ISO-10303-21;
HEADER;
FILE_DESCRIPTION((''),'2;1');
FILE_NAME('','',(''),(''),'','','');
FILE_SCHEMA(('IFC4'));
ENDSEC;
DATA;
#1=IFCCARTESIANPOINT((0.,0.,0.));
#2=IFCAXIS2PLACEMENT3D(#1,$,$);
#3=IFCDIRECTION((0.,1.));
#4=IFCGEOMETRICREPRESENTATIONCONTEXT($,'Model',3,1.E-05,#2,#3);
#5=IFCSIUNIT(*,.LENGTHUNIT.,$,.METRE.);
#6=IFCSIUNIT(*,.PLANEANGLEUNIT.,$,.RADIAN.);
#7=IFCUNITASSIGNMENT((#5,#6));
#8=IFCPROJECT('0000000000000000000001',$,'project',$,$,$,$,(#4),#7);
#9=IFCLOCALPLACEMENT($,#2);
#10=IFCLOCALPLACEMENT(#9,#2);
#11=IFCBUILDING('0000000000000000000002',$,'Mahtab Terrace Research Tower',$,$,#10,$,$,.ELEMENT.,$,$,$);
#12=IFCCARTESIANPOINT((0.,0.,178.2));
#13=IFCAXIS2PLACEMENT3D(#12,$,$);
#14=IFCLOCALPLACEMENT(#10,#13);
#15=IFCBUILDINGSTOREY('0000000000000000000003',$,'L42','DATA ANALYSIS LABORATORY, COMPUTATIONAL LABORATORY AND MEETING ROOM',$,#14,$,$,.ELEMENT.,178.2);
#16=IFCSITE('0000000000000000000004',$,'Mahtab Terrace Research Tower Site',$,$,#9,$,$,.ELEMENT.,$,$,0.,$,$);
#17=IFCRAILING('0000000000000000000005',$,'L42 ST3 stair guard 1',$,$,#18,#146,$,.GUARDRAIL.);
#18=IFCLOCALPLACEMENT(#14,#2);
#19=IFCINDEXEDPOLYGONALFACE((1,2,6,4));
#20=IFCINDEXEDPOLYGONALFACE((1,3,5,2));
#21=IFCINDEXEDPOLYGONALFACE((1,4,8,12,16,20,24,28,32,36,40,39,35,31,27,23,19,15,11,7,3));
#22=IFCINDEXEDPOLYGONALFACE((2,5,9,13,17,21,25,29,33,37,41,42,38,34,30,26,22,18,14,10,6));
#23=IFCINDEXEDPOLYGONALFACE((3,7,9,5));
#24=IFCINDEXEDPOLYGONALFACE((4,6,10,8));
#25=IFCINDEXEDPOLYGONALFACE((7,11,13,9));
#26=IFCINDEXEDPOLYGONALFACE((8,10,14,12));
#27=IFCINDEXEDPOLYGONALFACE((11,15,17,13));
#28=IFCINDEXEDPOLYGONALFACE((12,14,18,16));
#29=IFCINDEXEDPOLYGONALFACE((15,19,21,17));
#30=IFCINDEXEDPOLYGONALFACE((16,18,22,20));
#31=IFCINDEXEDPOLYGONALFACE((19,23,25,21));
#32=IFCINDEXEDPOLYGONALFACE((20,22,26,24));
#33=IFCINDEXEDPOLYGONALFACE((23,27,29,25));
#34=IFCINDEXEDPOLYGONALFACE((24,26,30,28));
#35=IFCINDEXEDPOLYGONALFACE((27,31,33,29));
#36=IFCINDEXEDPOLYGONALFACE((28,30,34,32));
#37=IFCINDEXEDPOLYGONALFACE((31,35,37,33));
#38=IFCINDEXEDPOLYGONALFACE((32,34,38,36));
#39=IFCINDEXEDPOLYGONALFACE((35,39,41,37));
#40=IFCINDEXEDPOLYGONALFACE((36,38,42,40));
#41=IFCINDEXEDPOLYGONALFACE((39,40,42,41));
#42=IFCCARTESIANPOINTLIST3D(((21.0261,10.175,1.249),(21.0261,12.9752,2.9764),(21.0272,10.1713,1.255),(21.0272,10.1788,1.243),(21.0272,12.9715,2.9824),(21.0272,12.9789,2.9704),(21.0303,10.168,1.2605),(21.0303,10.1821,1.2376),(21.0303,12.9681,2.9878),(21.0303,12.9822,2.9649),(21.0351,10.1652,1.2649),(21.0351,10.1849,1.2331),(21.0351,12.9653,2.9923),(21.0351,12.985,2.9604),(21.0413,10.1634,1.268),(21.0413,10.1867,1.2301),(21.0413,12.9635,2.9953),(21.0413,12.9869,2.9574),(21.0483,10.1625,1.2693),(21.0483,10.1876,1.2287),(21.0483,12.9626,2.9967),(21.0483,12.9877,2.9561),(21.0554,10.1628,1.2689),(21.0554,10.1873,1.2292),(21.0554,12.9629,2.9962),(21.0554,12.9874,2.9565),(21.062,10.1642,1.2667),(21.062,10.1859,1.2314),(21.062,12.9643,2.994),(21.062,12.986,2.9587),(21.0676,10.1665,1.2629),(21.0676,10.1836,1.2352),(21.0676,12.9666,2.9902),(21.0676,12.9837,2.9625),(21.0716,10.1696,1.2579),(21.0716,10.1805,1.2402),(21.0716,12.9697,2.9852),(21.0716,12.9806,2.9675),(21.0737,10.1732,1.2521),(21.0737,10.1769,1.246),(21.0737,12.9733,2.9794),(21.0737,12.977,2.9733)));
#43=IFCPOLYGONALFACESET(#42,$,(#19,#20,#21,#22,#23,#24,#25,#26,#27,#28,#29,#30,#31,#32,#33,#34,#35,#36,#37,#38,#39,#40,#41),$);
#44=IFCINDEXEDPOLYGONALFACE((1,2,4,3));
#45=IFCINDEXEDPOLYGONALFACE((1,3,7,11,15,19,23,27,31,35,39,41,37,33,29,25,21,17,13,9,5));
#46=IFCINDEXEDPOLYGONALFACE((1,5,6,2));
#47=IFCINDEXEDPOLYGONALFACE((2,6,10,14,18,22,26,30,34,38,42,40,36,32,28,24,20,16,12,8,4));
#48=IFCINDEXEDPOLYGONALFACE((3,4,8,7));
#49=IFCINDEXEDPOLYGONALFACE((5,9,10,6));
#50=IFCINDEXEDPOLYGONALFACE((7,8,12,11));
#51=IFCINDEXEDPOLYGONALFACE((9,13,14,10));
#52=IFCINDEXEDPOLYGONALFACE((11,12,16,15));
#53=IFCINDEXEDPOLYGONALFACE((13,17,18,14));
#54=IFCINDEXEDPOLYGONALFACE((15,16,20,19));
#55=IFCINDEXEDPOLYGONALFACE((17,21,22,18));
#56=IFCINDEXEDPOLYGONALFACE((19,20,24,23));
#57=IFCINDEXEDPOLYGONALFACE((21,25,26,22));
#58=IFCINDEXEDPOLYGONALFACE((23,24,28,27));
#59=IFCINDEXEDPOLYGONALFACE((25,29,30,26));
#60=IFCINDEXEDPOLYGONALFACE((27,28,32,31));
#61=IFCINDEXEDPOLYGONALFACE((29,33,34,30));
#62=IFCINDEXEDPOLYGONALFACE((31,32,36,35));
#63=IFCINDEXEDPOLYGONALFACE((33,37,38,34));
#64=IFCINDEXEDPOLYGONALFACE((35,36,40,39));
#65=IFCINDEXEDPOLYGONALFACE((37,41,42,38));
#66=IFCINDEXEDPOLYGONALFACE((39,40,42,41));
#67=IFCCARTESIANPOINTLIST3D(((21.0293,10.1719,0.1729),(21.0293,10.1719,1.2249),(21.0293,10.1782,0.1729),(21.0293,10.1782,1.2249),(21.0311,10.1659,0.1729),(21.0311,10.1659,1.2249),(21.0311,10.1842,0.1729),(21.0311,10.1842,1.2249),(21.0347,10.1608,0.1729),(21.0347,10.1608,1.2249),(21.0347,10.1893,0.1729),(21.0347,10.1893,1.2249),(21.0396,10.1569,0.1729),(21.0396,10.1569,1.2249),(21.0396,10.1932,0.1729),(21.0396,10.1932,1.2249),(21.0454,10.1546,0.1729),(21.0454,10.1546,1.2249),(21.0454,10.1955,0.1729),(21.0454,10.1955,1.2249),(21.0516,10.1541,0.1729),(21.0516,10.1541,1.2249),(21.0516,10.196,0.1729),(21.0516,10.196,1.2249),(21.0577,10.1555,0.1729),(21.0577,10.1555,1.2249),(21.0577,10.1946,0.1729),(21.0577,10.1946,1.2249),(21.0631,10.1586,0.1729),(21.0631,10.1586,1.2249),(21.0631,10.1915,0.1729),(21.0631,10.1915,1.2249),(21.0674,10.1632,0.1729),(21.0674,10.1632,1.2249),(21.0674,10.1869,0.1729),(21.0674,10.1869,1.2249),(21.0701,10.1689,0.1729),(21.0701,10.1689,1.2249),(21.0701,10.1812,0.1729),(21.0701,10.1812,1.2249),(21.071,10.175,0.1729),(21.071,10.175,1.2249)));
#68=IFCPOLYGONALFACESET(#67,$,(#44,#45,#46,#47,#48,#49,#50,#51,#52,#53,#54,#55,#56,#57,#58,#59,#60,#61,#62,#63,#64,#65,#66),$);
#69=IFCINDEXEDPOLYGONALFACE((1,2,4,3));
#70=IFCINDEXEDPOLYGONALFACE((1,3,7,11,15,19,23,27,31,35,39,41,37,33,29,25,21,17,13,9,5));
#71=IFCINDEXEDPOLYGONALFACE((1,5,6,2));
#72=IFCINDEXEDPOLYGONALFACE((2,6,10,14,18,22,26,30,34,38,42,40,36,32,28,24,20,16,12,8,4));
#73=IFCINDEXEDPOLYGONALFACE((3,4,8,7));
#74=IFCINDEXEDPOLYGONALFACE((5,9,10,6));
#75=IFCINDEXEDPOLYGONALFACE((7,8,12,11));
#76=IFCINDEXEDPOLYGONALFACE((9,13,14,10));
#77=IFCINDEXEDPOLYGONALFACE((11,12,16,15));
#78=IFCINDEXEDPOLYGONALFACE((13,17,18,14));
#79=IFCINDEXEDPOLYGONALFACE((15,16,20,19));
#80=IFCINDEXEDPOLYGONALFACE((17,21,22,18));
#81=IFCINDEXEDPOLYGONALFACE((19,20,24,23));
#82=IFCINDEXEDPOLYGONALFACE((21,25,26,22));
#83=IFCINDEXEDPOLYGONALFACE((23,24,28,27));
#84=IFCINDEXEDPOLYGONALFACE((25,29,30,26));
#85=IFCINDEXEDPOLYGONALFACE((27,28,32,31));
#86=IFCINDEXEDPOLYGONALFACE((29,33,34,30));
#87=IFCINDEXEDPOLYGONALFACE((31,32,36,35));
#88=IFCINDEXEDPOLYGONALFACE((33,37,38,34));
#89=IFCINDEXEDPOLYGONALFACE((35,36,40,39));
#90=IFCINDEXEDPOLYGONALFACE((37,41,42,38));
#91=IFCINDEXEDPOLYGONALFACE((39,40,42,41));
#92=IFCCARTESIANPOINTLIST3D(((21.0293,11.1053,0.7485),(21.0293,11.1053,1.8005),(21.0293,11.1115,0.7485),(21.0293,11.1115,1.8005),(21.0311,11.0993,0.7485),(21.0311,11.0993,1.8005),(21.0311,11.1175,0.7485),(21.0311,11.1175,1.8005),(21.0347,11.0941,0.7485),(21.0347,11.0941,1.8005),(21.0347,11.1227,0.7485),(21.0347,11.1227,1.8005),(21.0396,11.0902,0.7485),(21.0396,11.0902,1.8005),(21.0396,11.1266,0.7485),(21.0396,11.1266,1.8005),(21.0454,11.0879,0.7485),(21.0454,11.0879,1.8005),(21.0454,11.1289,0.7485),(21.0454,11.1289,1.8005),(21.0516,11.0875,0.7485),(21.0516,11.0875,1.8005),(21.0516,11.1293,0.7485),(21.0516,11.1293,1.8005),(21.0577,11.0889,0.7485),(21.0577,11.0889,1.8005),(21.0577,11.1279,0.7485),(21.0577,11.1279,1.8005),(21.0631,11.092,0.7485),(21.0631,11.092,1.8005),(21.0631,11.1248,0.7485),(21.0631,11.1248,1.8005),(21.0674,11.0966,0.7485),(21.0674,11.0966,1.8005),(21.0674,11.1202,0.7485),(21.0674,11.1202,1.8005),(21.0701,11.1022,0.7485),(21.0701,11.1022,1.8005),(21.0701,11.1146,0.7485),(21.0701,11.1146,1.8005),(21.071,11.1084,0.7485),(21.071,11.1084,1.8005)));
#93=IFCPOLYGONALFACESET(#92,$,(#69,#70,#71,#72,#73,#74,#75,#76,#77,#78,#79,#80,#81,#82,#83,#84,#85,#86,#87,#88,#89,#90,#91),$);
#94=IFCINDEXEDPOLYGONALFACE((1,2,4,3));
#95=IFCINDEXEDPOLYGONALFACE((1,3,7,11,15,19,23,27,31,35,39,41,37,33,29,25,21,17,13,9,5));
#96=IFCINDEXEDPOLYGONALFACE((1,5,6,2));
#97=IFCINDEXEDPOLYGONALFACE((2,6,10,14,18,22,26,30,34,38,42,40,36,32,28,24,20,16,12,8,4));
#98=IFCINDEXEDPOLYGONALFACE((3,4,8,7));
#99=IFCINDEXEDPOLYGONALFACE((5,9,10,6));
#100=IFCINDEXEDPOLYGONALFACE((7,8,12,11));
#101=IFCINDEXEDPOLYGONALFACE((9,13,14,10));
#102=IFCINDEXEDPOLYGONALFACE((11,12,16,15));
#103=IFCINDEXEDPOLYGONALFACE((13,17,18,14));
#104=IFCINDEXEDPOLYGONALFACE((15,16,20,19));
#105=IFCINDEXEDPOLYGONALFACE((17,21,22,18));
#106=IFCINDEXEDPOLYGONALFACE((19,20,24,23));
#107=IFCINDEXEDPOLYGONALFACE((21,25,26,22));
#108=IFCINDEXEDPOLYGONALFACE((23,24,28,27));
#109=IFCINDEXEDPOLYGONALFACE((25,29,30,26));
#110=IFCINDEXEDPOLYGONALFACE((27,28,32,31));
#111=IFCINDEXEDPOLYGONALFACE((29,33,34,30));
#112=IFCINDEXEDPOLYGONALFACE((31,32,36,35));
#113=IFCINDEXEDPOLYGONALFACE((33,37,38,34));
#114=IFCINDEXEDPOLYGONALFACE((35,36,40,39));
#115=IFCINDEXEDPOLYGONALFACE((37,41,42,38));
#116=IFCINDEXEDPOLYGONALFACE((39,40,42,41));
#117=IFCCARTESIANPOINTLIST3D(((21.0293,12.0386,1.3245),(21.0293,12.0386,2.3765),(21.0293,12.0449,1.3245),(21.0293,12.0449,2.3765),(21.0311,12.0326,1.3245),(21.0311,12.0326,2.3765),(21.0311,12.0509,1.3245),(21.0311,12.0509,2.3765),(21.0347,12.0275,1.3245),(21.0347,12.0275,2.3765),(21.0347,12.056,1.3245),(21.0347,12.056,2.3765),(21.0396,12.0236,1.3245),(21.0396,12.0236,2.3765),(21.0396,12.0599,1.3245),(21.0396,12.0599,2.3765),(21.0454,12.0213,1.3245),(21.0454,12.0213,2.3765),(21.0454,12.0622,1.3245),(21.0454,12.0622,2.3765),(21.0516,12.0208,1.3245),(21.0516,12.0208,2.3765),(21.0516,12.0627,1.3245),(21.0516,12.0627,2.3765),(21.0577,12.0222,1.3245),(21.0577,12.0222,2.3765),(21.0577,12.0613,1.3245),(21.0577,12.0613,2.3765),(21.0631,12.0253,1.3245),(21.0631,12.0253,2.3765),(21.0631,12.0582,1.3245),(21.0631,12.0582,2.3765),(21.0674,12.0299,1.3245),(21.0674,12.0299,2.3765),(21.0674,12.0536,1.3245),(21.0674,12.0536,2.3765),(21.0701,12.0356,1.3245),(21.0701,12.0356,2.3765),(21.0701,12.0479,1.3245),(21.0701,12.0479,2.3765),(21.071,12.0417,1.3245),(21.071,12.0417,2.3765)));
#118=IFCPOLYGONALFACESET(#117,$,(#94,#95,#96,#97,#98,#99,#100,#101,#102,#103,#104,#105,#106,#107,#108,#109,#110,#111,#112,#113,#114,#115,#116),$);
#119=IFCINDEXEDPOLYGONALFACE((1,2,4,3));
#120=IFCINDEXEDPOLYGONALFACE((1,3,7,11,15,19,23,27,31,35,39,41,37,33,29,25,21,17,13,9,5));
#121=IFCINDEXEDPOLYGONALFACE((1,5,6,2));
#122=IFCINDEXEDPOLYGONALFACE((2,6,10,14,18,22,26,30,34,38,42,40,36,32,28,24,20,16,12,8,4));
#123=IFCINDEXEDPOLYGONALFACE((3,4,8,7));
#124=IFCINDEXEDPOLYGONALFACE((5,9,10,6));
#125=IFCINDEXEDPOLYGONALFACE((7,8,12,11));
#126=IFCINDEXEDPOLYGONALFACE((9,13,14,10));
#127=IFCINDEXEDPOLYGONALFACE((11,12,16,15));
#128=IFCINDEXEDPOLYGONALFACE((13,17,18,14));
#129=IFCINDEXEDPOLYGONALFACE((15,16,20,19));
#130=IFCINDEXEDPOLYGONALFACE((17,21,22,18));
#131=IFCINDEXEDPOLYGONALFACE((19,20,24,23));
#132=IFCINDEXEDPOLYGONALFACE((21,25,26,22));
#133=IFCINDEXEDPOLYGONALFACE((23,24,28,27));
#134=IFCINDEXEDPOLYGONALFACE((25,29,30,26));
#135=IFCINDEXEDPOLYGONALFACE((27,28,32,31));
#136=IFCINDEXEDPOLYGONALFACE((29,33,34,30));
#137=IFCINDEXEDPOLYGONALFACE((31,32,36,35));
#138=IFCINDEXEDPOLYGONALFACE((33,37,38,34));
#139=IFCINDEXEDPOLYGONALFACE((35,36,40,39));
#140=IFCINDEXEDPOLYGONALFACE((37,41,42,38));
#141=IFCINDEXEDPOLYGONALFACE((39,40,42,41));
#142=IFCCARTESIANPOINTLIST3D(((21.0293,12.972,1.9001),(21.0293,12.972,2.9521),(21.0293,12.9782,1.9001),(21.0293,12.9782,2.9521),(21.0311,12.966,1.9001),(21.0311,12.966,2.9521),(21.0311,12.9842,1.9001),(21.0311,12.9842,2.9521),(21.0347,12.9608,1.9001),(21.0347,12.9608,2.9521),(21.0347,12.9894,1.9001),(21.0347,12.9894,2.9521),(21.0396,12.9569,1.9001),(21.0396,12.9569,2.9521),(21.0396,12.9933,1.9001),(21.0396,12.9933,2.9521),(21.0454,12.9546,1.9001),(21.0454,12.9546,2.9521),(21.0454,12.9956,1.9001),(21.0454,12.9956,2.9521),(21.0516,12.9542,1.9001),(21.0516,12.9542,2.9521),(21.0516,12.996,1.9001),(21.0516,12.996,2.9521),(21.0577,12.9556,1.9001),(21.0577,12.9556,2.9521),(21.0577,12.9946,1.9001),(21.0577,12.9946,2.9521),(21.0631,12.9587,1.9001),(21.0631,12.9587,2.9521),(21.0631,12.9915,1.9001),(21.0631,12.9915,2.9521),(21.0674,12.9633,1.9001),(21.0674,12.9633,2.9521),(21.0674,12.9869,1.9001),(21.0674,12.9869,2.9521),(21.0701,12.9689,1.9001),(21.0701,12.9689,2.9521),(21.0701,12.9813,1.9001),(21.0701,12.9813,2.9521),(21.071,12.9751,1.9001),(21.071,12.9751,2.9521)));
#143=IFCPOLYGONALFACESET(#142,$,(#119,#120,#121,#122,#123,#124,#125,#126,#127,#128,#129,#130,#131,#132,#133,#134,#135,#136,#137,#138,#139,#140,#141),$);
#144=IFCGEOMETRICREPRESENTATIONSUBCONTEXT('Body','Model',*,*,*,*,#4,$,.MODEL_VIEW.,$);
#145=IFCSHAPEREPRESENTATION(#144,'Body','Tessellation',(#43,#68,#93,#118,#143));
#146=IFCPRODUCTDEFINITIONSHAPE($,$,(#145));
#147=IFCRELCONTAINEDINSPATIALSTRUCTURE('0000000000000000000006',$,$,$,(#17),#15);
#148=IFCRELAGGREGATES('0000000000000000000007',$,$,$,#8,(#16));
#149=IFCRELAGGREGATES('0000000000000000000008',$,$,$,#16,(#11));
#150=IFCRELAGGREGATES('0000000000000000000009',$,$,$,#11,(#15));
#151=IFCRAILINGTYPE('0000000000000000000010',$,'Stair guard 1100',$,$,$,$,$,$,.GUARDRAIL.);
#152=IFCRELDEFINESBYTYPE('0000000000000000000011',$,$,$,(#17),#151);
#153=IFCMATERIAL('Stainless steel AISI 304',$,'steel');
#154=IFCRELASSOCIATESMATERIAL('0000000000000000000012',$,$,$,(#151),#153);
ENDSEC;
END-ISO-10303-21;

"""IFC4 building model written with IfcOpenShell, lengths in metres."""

from ifc_helpers import new_model, si_unit, direction, frame, origin, origin_2d, place, context, subcontext, project, spatial, circle, extrude, material, type_object, element, save


model = new_model("IFC4")

# Units and contexts
model_context = context("Model", 3, precision=1e-05, world=origin(), true_north=direction((0.0, 1.0)))
body_context = subcontext(model_context, "Body", "Model", "MODEL_VIEW")
ifc_project = project(units=[si_unit("LENGTHUNIT", "METRE"), si_unit("PLANEANGLEUNIT", "RADIAN")], contexts=[model_context])

# Site, building, storey
site_placement = place(None, origin())
site = spatial("IfcSite", under=ifc_project, at=site_placement, Name="Mahtab Terrace Research Tower Site", CompositionType="ELEMENT", RefElevation=0.0)
building_placement = place(site_placement, origin())
building = spatial("IfcBuilding", under=site, at=building_placement, Name="Mahtab Terrace Research Tower", CompositionType="ELEMENT")
storey_placement = place(building_placement, frame((0.0, 0.0, 178.2)))
storey = spatial("IfcBuildingStorey", under=building, at=storey_placement, Name="L42", Description="DATA ANALYSIS LABORATORY, COMPUTATIONAL LABORATORY AND MEETING ROOM", CompositionType="ELEMENT", Elevation=178.2)

# Shared definitions
ifc_material_1 = material(Name="Stainless steel AISI 304", Category="steel")

# Railing
railing_type_1 = type_object("IfcRailingType", Name="Stair guard 1100", PredefinedType="GUARDRAIL", material=ifc_material_1)
railing_1_placement = place(storey_placement, frame((21.05, 10.175, 0.1729)))
element("IfcRailing", 1, at=railing_1_placement, inside=storey, type_object=railing_type_1, Name="L42 ST3 stair guard 1", PredefinedType="GUARDRAIL", context=body_context, shape_type="SweptSolid", body=[
    extrude(circle(Radius=0.0239, at=origin_2d()), frame((0.0, 0.0, 1.0762), z_axis=(0.0, 0.85109, 0.52502), x_axis=(-1.0, 0.0, 0.0)), (0.0, 0.0, 1.0), 3.29),
    extrude(circle(Radius=0.021, at=origin_2d()), origin(), (0.0, 0.0, 1.0), 1.052),
    extrude(circle(Radius=0.021, at=origin_2d()), frame((0.0, 0.9333, 0.5757)), (0.0, 0.0, 1.0), 1.052),
    extrude(circle(Radius=0.021, at=origin_2d()), frame((0.0, 1.8667, 1.1516)), (0.0, 0.0, 1.0), 1.052),
    extrude(circle(Radius=0.021, at=origin_2d()), frame((0.0, 2.8, 1.7273)), (0.0, 0.0, 1.0), 1.052),
])

save(model, "model.ifc")
